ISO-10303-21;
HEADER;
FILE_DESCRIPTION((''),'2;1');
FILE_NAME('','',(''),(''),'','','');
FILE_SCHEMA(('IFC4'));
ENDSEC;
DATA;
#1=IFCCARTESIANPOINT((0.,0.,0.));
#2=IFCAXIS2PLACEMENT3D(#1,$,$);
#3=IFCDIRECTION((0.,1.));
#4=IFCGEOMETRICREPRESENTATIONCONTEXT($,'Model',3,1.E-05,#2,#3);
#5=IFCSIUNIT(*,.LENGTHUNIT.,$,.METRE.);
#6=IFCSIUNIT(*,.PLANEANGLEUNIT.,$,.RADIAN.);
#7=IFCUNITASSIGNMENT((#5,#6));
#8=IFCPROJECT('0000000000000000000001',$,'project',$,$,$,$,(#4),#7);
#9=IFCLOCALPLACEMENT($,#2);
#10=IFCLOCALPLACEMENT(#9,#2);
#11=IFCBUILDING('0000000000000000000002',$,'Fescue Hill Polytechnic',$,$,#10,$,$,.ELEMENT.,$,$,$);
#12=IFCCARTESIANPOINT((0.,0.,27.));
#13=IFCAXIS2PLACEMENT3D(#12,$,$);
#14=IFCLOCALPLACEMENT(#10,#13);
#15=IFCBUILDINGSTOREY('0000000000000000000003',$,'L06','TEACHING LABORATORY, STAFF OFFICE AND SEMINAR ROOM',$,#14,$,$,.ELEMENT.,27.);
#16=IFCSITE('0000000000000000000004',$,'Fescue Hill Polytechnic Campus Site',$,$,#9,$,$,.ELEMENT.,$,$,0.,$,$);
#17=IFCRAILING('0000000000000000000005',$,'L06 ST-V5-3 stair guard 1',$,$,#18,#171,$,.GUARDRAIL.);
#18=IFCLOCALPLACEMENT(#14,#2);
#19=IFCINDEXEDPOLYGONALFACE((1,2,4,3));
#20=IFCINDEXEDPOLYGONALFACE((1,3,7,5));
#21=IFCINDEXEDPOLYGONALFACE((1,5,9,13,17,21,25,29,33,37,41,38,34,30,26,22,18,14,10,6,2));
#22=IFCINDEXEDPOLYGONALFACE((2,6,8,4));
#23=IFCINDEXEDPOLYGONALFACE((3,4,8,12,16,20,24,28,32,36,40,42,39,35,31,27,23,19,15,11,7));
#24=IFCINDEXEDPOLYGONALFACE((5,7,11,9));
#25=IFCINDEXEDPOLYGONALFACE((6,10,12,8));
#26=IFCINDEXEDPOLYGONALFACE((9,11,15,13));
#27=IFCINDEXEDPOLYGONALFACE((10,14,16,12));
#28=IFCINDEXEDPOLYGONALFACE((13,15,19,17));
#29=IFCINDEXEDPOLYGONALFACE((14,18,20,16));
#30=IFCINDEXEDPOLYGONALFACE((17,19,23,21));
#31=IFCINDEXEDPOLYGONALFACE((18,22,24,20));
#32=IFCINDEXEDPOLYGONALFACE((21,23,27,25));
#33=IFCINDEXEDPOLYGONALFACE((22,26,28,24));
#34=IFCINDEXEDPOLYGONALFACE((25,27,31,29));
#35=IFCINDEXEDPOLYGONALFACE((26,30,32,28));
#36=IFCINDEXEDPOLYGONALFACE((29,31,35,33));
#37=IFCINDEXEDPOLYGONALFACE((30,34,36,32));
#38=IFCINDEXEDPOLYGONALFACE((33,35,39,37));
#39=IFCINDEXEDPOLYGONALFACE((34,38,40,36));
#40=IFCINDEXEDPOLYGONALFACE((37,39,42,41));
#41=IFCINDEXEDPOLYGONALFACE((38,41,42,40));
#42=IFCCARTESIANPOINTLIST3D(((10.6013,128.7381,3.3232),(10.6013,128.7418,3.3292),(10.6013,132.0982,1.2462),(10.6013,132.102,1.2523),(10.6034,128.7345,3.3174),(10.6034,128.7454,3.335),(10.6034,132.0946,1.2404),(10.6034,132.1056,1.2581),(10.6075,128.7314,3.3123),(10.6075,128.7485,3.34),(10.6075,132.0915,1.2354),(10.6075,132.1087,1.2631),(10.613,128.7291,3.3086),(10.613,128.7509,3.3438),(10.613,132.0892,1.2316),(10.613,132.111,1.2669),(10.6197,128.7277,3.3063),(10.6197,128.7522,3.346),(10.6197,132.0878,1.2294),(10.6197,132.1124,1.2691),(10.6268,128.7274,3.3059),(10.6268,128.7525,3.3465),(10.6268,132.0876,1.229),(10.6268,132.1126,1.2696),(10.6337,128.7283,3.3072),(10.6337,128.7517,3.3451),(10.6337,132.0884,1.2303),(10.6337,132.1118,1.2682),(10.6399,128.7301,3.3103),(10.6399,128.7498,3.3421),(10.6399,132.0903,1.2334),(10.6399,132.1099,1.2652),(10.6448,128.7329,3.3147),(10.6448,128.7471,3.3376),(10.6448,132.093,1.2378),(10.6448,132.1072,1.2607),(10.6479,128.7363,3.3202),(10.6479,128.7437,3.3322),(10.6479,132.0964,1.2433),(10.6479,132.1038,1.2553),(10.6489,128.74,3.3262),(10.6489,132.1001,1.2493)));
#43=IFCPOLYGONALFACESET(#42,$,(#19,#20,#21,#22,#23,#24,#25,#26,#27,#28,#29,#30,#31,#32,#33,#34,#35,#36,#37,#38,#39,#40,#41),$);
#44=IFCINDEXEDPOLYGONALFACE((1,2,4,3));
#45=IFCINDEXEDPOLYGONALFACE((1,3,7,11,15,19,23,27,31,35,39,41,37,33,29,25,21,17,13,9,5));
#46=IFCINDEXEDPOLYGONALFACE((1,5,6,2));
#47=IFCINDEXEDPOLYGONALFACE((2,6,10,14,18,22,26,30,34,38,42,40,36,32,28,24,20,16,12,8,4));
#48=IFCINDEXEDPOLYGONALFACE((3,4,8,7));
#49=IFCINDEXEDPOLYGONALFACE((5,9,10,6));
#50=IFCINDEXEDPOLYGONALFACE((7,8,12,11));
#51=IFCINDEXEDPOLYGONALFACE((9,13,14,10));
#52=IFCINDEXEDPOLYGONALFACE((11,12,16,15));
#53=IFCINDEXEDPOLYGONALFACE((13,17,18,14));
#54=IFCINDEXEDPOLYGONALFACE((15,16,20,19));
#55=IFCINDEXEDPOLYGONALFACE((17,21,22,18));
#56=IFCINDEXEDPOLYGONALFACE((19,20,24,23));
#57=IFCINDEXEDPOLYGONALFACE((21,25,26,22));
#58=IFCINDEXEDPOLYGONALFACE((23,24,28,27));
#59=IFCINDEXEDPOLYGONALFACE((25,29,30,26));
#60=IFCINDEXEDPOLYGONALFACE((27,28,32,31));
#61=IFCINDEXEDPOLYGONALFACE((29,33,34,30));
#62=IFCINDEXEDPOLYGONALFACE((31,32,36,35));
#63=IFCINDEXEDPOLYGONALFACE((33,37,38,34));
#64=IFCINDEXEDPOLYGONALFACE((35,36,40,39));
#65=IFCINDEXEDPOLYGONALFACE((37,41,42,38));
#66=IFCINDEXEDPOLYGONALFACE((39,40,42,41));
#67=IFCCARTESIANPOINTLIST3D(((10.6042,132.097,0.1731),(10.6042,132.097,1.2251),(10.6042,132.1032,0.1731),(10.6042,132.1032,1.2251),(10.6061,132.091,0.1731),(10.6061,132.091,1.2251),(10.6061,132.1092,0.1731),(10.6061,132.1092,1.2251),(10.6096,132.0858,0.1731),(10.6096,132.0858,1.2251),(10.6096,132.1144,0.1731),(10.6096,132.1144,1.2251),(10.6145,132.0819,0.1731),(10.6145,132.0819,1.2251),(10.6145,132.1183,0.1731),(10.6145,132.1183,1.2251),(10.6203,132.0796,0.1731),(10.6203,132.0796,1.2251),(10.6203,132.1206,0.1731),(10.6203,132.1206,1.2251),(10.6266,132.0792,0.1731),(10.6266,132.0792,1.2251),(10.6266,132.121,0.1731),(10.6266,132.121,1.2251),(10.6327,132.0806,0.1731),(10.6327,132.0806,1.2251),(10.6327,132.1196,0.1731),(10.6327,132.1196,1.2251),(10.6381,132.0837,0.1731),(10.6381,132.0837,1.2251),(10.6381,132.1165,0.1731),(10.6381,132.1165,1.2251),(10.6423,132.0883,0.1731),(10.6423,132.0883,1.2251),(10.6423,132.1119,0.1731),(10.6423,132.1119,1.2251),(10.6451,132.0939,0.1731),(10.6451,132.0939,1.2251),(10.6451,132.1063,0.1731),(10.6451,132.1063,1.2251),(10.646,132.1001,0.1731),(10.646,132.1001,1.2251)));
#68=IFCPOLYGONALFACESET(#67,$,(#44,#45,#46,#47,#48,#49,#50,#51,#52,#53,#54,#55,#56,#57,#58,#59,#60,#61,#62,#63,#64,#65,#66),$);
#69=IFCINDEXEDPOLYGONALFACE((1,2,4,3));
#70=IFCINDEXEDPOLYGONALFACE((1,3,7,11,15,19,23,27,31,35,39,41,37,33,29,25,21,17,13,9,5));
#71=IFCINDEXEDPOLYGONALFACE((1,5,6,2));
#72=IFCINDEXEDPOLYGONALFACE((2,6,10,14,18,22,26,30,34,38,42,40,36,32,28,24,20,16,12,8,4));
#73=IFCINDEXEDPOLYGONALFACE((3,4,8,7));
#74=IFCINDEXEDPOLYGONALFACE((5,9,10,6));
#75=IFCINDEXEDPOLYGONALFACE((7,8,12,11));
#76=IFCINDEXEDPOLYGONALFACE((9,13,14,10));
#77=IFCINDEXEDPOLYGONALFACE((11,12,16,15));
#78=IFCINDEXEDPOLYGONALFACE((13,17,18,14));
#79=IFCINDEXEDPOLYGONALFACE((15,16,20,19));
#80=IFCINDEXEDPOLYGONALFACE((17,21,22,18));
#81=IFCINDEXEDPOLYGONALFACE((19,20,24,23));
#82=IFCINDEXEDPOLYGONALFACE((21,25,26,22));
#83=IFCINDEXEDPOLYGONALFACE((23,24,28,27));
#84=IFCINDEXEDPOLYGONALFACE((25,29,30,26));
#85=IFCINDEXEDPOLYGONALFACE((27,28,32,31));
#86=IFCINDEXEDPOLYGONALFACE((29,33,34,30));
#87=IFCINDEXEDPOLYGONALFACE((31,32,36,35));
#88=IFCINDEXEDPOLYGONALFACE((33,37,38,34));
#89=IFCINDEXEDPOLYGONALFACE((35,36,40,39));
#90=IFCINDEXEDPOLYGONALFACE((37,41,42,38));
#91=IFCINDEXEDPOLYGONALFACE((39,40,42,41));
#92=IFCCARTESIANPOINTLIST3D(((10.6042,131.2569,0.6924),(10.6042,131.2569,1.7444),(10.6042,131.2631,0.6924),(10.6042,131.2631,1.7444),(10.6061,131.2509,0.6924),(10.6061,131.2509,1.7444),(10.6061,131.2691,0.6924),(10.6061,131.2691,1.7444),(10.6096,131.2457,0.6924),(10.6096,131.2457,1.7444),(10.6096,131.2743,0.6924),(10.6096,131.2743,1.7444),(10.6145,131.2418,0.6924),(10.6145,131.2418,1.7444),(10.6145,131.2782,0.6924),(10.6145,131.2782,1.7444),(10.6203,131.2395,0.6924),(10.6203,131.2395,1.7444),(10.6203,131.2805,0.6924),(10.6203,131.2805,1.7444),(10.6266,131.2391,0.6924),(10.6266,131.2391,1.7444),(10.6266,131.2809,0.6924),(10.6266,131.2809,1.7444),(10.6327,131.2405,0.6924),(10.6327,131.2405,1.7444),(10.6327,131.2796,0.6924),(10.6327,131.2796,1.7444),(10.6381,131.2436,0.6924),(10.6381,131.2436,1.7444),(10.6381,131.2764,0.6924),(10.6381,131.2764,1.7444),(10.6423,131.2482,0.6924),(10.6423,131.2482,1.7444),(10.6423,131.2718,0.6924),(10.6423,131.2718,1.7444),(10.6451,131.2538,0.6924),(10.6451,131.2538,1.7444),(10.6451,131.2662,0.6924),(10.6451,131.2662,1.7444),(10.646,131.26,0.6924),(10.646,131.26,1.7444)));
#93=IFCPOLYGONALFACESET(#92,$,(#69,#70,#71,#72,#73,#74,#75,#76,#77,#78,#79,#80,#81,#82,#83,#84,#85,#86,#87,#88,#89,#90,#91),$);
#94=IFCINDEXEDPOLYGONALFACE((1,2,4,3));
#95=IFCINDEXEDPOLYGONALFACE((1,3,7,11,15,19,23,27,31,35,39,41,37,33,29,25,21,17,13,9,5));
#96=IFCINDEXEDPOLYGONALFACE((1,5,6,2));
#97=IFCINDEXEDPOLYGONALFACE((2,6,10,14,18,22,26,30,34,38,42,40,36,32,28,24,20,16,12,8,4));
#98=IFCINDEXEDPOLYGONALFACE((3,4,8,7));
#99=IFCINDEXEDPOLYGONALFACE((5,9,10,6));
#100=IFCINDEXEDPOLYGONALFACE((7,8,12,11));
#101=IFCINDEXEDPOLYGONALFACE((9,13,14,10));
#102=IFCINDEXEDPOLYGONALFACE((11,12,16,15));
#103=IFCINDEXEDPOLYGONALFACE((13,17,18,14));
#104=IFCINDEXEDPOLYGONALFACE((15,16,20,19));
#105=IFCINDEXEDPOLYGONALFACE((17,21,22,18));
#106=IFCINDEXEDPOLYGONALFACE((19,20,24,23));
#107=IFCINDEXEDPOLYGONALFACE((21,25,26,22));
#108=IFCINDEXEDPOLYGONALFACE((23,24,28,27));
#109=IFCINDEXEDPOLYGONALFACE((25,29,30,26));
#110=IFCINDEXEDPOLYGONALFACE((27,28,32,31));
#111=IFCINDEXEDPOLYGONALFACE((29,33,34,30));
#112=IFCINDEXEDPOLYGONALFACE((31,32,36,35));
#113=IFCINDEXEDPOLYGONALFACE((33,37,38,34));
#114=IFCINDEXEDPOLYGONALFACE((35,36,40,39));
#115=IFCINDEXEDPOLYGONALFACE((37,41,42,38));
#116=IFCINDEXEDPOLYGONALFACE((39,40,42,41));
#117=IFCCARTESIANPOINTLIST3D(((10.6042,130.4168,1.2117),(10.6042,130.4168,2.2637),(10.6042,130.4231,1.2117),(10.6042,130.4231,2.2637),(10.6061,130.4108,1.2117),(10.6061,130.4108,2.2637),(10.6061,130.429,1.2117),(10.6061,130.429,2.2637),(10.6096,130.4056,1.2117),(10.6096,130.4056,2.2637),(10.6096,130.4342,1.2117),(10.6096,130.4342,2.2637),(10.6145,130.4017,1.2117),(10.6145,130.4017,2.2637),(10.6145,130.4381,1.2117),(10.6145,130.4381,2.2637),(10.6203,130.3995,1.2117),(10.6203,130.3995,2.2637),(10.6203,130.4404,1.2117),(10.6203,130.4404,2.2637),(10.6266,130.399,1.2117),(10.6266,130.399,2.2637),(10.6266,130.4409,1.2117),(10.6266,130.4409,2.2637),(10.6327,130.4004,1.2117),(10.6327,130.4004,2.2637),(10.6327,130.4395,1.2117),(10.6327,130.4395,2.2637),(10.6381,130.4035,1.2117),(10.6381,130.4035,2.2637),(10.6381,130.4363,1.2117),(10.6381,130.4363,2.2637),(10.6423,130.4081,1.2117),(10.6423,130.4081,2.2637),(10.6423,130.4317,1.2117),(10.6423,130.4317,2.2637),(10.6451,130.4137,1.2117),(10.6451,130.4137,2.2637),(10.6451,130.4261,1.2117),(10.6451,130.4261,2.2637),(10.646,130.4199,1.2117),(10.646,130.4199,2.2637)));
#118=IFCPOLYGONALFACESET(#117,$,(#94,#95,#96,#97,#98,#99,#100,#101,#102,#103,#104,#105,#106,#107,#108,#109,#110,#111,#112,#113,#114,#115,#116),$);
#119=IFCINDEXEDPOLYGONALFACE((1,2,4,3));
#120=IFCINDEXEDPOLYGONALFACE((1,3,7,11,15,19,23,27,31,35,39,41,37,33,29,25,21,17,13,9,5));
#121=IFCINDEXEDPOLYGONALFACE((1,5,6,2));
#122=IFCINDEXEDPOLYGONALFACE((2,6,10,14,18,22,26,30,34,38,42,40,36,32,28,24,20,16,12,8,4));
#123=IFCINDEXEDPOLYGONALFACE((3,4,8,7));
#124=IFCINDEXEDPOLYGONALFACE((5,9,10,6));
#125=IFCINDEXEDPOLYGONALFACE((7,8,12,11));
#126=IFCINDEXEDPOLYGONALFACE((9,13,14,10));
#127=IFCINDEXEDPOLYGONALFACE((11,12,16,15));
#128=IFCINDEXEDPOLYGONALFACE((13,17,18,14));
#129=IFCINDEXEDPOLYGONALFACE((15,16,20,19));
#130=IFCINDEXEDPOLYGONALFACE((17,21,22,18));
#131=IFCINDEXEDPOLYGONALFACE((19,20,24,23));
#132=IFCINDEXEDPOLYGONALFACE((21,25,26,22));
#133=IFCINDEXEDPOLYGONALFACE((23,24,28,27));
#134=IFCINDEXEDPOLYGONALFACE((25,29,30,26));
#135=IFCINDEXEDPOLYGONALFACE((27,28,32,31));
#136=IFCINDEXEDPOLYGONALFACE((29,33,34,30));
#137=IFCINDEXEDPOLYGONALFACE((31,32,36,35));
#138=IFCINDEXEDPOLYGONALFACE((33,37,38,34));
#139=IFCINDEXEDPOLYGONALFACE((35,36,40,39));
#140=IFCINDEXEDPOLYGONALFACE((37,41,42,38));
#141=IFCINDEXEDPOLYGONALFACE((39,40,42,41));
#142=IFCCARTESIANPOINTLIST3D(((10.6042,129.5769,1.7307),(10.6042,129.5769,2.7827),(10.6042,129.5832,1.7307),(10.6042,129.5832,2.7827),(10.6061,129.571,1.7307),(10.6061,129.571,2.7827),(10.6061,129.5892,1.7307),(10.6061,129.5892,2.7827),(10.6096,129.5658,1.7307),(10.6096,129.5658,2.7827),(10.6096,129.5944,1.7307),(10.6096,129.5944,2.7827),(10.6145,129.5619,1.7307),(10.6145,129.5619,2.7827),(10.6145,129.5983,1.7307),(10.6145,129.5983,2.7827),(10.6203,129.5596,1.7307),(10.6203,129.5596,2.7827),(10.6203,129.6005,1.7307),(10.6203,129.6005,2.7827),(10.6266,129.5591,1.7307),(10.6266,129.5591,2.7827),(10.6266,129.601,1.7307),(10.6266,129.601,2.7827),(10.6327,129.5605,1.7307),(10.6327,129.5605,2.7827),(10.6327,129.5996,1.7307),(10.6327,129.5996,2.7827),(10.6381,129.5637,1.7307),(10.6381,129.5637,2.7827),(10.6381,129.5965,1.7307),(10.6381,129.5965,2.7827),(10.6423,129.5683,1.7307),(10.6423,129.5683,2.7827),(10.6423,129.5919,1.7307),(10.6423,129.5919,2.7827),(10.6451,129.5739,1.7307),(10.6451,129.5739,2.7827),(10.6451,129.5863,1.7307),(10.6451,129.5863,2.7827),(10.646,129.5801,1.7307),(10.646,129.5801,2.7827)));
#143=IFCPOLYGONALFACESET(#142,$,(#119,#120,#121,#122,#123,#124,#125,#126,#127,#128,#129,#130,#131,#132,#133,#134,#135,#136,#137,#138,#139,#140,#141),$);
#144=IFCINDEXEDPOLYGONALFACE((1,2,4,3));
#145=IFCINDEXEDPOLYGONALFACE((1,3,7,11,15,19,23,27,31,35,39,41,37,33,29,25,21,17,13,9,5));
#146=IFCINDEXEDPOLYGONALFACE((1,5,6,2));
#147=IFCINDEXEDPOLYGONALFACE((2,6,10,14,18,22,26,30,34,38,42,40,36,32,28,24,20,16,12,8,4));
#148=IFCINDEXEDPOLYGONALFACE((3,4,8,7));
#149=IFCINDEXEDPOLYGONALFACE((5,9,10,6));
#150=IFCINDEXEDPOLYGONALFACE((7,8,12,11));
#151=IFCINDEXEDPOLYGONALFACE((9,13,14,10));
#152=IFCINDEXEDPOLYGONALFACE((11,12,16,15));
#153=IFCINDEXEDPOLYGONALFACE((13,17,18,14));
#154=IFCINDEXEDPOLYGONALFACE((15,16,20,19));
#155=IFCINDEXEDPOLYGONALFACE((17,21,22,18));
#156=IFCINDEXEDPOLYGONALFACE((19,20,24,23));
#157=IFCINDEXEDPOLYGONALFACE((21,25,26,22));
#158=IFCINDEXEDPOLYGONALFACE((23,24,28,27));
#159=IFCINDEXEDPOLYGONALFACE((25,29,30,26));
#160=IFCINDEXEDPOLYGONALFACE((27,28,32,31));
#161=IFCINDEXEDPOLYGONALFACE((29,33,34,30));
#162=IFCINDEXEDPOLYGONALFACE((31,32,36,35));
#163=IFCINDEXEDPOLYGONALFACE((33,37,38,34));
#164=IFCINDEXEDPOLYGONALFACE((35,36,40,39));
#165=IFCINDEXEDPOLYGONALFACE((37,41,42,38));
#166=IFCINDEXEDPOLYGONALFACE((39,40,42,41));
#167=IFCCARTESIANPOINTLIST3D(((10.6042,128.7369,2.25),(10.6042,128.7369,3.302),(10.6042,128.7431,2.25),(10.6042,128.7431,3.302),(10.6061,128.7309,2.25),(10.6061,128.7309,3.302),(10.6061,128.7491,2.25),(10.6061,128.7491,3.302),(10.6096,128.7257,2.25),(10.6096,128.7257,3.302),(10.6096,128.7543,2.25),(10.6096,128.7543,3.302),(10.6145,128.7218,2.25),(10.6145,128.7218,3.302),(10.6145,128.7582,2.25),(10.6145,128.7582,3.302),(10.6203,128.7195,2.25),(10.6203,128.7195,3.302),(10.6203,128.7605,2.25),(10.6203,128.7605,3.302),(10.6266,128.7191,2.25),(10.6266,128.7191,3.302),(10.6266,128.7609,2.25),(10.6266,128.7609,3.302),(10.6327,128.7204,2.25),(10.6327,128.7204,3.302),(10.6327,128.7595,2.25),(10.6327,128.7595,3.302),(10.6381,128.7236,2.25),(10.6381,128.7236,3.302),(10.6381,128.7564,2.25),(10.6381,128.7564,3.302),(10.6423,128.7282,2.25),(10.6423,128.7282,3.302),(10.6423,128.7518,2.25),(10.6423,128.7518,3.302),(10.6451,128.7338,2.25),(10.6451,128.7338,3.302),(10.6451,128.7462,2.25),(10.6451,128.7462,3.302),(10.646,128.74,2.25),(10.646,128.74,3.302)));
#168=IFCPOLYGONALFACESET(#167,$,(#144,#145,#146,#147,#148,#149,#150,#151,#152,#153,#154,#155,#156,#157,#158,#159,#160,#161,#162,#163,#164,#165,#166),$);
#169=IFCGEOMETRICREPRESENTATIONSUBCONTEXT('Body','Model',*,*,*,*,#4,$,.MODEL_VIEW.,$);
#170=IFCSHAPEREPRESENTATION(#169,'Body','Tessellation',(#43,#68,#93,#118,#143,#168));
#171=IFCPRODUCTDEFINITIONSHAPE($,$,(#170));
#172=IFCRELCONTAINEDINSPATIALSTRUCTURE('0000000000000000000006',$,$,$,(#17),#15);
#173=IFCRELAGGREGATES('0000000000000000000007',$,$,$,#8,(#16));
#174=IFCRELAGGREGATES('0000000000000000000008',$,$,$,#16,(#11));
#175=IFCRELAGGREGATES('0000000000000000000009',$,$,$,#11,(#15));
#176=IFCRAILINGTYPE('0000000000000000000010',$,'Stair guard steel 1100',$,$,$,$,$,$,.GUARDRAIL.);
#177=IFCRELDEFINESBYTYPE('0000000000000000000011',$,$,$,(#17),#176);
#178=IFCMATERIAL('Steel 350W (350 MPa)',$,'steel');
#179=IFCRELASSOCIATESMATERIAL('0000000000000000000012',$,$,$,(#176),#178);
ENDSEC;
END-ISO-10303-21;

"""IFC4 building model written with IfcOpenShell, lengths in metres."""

from ifc_helpers import new_model, si_unit, direction, frame, origin, origin_2d, place, context, subcontext, project, spatial, circle, extrude, material, type_object, element, save


model = new_model("IFC4")

# Units and contexts
model_context = context("Model", 3, precision=1e-05, world=origin(), true_north=direction((0.0, 1.0)))
body_context = subcontext(model_context, "Body", "Model", "MODEL_VIEW")
ifc_project = project(units=[si_unit("LENGTHUNIT", "METRE"), si_unit("PLANEANGLEUNIT", "RADIAN")], contexts=[model_context])

# Site, building, storey
site_placement = place(None, origin())
site = spatial("IfcSite", under=ifc_project, at=site_placement, Name="Fescue Hill Polytechnic Campus Site", CompositionType="ELEMENT", RefElevation=0.0)
building_placement = place(site_placement, origin())
building = spatial("IfcBuilding", under=site, at=building_placement, Name="Fescue Hill Polytechnic", CompositionType="ELEMENT")
storey_placement = place(building_placement, frame((0.0, 0.0, 27.0)))
storey = spatial("IfcBuildingStorey", under=building, at=storey_placement, Name="L06", Description="TEACHING LABORATORY, STAFF OFFICE AND SEMINAR ROOM", CompositionType="ELEMENT", Elevation=27.0)

# Railing
ifc_material_1 = material(Name="Steel 350W (350 MPa)", Category="steel")
railing_type_1 = type_object("IfcRailingType", Name="Stair guard steel 1100", PredefinedType="GUARDRAIL", material=ifc_material_1)
railing_1_placement = place(storey_placement, frame((10.625, 132.1001, 0.1731)))
element("IfcRailing", 1, at=railing_1_placement, inside=storey, type_object=railing_type_1, Name="L06 ST-V5-3 stair guard 1", PredefinedType="GUARDRAIL", context=body_context, shape_type="SweptSolid", body=[
    extrude(circle(Radius=0.0239, at=origin_2d()), frame((0.0, 0.0, 1.0762), z_axis=(0.0, -0.850623, 0.525776), x_axis=(1.0, 0.0, 0.0)), (0.0, 0.0, 1.0), 3.9502),
    extrude(circle(Radius=0.021, at=origin_2d()), origin(), (0.0, 0.0, 1.0), 1.052),
    extrude(circle(Radius=0.021, at=origin_2d()), frame((0.0, -0.8401, 0.5193)), (0.0, 0.0, 1.0), 1.052),
    extrude(circle(Radius=0.021, at=origin_2d()), frame((0.0, -1.6802, 1.0386)), (0.0, 0.0, 1.0), 1.052),
    extrude(circle(Radius=0.021, at=origin_2d()), frame((0.0, -2.52, 1.5576)), (0.0, 0.0, 1.0), 1.052),
    extrude(circle(Radius=0.021, at=origin_2d()), frame((0.0, -3.3601, 2.0769)), (0.0, 0.0, 1.0), 1.052),
])

save(model, "model.ifc")
